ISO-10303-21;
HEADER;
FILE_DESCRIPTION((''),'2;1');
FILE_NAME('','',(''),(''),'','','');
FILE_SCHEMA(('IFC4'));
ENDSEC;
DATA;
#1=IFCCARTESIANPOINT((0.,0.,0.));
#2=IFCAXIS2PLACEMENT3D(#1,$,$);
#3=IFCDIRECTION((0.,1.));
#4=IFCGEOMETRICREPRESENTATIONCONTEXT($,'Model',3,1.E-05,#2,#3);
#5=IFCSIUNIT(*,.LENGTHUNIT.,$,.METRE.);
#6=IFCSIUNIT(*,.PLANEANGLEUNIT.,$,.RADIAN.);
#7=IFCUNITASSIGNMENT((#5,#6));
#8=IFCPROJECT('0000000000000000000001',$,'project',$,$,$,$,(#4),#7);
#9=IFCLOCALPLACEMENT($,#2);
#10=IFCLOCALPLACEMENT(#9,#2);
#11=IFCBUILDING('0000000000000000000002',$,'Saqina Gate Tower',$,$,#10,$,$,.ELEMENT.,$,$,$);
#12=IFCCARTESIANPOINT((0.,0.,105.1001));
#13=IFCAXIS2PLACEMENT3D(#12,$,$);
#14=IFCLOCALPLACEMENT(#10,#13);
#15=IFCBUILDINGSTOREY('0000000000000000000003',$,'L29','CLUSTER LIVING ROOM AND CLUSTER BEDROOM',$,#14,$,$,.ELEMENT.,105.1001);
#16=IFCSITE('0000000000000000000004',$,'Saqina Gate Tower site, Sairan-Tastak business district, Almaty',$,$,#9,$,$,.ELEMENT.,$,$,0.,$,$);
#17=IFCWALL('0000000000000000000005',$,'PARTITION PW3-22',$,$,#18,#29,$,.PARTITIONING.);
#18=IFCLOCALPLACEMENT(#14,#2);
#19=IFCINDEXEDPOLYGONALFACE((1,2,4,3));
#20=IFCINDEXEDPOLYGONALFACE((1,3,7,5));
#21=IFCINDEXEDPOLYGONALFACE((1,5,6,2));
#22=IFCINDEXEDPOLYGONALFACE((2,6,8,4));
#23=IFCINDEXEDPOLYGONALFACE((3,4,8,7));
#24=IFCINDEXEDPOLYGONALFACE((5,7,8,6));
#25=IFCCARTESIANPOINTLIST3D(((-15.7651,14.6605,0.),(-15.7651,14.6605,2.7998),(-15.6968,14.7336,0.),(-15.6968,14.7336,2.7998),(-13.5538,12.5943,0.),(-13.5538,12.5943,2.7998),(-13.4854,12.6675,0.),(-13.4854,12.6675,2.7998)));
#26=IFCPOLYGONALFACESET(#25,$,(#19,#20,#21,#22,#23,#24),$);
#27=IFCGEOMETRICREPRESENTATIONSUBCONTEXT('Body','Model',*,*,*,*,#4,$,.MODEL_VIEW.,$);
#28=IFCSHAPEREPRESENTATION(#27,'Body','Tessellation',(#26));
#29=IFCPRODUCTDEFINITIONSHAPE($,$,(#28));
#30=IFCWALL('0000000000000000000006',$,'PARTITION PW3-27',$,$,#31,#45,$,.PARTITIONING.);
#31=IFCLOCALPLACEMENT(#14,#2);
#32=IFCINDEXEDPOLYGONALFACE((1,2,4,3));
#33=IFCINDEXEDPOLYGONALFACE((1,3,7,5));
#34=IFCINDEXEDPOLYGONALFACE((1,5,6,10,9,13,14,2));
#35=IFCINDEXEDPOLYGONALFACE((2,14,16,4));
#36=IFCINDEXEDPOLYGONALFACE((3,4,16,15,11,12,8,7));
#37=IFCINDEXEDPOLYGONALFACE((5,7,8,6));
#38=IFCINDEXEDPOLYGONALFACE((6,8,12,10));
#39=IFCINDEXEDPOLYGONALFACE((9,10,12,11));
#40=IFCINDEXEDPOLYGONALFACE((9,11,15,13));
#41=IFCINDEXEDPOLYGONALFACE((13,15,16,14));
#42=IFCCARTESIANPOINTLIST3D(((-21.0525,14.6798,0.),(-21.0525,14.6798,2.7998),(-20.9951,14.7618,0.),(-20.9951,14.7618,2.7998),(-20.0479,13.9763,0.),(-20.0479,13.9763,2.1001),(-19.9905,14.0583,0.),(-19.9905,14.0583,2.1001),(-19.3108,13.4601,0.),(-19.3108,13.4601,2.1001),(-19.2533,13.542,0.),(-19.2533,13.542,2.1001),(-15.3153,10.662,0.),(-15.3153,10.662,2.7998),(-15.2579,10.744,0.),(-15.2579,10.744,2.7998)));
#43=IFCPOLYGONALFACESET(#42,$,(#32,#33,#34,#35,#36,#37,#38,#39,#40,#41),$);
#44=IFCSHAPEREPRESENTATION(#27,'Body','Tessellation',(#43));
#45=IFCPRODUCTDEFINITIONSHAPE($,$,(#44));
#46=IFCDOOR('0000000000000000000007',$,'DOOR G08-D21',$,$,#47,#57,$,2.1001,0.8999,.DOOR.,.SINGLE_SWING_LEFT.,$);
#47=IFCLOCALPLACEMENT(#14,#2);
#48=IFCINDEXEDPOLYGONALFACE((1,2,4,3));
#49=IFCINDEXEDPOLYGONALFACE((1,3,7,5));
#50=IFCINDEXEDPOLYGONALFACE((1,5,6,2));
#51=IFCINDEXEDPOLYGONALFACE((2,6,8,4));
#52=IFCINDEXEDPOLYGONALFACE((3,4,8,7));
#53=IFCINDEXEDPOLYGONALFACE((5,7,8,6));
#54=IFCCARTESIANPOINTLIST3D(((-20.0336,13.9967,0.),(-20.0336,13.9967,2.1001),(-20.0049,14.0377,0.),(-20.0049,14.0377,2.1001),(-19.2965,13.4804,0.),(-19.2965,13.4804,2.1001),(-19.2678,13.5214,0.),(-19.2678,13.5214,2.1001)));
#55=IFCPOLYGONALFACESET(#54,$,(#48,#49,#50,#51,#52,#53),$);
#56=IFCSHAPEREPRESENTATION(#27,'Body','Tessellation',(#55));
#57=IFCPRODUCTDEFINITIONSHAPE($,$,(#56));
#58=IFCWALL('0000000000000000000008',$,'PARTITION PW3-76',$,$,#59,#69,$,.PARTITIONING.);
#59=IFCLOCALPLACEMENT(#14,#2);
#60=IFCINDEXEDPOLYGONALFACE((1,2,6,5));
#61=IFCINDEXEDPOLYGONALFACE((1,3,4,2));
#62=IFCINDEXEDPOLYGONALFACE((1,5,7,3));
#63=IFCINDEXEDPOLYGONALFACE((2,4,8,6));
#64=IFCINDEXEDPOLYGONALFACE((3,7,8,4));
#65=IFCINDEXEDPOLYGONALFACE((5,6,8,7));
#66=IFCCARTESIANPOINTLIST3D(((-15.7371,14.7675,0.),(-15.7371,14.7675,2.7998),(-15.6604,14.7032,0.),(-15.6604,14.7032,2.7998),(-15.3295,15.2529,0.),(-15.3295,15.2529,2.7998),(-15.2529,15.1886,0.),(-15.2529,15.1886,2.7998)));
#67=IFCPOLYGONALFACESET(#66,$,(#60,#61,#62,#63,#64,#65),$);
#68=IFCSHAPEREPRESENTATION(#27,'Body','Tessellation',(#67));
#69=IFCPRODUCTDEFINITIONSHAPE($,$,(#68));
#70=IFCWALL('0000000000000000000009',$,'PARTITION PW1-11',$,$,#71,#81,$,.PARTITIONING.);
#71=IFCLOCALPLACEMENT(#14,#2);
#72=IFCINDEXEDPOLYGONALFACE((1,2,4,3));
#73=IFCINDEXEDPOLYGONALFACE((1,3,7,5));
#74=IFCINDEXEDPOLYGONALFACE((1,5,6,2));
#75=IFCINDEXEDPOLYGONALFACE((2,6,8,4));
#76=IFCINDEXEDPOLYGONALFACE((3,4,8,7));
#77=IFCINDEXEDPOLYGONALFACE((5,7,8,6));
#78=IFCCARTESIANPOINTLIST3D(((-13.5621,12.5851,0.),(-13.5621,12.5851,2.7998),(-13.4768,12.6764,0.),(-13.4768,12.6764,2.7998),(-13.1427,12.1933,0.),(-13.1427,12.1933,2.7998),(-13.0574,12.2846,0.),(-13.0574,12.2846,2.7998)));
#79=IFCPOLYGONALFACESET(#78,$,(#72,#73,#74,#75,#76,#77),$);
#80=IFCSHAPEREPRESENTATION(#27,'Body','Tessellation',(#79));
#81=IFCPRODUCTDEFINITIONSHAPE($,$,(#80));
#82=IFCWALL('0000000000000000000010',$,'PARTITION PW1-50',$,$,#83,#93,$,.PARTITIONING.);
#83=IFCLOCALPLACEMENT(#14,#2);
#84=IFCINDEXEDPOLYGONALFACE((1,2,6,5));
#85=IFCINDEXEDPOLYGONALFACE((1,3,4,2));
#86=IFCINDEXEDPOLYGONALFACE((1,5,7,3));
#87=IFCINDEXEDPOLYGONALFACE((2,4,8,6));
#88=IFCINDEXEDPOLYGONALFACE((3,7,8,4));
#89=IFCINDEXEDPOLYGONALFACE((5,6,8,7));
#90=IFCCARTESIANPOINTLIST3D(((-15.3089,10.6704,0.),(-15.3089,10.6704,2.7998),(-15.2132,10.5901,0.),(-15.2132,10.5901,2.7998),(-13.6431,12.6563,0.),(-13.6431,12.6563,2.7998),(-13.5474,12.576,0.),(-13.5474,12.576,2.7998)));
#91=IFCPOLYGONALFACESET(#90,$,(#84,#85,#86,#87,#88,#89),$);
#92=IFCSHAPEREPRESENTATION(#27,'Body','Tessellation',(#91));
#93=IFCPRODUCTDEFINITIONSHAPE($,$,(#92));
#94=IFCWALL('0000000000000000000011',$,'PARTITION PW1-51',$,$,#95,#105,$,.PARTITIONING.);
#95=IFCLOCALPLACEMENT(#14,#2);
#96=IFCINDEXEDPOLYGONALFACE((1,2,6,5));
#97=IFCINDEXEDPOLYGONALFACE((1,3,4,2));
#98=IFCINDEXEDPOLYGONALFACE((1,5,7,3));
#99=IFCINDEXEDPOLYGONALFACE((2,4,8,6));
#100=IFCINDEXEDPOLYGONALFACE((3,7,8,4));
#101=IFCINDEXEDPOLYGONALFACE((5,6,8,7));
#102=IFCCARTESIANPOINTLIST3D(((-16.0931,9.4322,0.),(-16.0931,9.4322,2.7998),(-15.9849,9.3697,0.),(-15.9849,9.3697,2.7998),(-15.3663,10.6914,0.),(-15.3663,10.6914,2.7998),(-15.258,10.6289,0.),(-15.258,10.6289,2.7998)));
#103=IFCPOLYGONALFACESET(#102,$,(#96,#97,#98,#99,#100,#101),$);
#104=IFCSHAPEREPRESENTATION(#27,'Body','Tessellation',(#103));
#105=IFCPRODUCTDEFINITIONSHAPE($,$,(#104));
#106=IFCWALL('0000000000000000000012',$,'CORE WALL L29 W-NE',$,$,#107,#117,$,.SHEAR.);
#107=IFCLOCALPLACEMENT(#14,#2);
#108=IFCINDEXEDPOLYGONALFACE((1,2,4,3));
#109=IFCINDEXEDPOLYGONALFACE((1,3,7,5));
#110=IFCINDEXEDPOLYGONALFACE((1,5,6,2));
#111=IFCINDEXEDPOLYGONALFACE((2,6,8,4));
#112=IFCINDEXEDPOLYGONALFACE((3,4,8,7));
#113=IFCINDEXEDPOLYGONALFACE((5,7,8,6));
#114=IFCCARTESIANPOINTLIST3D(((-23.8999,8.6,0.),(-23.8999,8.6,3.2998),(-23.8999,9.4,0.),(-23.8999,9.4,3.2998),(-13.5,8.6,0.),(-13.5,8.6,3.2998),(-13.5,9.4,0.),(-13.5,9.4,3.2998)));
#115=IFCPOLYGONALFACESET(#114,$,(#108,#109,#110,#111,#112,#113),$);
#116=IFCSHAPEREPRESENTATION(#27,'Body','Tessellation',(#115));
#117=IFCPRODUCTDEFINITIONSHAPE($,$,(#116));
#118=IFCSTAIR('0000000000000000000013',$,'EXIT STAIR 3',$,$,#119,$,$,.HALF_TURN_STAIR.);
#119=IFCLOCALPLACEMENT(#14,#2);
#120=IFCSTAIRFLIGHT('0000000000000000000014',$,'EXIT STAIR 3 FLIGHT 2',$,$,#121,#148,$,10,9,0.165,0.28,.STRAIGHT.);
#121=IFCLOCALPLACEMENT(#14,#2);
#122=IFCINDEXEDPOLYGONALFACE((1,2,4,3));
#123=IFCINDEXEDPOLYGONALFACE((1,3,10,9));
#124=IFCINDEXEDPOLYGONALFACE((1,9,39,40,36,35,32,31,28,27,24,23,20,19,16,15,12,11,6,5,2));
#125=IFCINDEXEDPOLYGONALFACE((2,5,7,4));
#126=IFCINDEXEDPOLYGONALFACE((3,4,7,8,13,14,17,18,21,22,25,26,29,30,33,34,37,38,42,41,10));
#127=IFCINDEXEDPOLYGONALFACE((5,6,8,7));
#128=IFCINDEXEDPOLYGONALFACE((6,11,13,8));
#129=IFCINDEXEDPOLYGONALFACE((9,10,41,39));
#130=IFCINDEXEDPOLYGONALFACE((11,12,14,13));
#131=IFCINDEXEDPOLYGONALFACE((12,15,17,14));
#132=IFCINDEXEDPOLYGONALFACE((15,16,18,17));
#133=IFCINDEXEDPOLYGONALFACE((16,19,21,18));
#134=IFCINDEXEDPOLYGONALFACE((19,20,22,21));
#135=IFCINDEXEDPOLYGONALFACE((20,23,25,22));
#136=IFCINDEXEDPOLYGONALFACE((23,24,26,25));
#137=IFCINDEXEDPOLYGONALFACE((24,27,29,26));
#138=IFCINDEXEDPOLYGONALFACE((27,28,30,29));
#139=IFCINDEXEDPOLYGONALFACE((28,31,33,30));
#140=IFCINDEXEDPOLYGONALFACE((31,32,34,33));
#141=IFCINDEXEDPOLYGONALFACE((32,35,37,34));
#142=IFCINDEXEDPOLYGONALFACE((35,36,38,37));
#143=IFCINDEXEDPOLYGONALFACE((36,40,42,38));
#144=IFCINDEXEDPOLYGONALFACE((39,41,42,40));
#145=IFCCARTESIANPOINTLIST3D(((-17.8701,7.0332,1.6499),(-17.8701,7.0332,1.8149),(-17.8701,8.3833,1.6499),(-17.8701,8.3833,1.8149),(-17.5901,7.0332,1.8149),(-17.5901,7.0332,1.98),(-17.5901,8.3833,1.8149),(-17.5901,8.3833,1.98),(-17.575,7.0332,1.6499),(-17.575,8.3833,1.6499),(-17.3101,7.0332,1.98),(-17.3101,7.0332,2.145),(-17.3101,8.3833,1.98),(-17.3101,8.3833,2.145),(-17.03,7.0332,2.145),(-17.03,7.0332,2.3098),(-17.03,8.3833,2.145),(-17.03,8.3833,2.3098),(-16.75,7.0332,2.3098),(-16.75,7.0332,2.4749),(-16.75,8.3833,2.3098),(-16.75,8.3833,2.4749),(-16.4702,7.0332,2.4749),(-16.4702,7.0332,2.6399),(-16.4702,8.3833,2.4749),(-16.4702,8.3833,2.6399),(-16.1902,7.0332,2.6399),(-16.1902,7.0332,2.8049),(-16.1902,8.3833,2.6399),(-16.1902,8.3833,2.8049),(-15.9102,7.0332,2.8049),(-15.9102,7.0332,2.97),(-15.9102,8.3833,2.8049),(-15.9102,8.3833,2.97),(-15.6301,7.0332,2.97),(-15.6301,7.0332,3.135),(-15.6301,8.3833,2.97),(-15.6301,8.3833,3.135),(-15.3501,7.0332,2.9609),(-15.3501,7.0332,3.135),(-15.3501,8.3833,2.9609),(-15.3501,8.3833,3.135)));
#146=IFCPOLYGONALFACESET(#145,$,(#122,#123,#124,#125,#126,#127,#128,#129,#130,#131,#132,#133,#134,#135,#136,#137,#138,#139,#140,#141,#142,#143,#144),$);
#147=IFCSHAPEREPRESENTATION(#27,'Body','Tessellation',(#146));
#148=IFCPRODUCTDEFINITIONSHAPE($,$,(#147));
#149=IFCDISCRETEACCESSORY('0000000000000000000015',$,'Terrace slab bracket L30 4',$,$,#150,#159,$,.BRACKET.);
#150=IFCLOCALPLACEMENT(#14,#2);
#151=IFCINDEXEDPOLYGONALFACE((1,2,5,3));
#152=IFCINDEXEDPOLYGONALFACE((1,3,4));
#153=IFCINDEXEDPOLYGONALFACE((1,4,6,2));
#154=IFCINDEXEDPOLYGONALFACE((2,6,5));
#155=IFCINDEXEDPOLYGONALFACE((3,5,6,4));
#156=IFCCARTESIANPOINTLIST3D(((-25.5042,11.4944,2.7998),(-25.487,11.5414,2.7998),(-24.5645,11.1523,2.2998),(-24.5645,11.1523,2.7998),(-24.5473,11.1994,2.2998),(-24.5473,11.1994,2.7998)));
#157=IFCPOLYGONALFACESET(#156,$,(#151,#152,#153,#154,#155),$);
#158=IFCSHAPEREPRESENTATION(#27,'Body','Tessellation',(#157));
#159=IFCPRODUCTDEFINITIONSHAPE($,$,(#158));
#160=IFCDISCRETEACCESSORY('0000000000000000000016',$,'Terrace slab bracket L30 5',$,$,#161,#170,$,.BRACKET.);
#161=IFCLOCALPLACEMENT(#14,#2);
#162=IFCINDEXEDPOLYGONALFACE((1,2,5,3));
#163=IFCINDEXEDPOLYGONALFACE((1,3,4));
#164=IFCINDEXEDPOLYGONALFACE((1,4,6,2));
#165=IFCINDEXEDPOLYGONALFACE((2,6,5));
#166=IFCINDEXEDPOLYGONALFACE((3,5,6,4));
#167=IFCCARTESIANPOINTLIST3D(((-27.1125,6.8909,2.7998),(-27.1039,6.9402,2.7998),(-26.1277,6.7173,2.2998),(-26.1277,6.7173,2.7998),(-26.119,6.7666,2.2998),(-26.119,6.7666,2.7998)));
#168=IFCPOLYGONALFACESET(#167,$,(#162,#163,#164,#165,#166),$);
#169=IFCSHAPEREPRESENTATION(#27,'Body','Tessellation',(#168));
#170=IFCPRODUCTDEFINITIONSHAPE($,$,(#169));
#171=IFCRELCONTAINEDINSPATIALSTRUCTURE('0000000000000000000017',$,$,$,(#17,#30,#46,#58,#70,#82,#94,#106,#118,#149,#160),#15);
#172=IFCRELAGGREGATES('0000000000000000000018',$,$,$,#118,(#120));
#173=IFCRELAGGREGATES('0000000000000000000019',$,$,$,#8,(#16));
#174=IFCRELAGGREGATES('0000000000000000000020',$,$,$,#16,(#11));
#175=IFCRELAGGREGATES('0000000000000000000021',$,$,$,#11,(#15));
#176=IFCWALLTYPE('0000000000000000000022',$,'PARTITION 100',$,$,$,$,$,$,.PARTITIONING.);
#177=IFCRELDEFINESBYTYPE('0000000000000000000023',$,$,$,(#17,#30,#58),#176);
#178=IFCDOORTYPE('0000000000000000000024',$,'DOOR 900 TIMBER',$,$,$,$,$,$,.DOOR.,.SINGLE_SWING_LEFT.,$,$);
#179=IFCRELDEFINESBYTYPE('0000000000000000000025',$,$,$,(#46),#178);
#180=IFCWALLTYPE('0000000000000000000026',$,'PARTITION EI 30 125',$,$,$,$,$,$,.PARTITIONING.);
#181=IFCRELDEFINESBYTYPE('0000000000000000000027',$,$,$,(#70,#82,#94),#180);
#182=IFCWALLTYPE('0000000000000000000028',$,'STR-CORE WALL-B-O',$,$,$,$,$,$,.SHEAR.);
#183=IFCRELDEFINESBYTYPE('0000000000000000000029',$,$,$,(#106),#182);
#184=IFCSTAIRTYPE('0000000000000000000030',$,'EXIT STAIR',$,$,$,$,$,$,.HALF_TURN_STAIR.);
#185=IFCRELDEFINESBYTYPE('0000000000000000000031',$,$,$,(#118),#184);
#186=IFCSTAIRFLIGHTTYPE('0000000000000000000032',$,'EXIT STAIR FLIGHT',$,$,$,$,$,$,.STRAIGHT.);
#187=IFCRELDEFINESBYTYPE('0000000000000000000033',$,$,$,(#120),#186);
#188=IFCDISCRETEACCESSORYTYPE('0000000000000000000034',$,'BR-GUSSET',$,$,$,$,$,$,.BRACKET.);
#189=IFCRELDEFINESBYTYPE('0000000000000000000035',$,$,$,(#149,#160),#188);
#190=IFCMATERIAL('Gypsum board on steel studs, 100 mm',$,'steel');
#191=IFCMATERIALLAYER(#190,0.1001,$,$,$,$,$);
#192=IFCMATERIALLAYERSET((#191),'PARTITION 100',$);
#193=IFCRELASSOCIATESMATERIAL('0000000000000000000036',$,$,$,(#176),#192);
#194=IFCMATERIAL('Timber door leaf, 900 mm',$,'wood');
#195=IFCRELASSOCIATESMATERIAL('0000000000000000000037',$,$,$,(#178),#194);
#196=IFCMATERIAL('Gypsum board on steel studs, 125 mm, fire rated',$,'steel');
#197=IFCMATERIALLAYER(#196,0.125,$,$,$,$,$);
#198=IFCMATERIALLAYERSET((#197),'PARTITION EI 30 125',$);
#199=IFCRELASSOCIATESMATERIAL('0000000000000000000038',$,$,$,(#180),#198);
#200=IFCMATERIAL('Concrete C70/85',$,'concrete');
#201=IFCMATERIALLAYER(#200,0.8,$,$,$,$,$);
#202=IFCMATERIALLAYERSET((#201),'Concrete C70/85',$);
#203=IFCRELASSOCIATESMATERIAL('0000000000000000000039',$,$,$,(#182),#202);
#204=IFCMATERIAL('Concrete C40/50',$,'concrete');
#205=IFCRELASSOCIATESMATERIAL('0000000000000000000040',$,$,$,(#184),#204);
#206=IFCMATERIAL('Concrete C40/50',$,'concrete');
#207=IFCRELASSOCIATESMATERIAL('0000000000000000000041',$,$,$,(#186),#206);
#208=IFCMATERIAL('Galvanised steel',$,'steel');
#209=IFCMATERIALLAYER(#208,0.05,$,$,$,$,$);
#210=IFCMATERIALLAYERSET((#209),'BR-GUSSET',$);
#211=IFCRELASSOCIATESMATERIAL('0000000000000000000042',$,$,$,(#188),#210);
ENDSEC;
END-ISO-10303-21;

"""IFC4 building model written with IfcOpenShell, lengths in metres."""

from ifc_helpers import new_model, si_unit, direction, frame, frame_2d, origin, place, context, subcontext, project, spatial, polyline, rectangle, outline, extrude, material, layer, layer_set, type_object, element, fill, aggregate, save


model = new_model("IFC4")

# Units and contexts
model_context = context("Model", 3, precision=1e-05, world=origin(), true_north=direction((0.0, 1.0)))
body_context = subcontext(model_context, "Body", "Model", "MODEL_VIEW")
ifc_project = project(units=[si_unit("LENGTHUNIT", "METRE"), si_unit("PLANEANGLEUNIT", "RADIAN")], contexts=[model_context])

# Site, building, storey
site_placement = place(None, origin())
site = spatial("IfcSite", under=ifc_project, at=site_placement, Name="Saqina Gate Tower site, Sairan-Tastak business district, Almaty", CompositionType="ELEMENT", RefElevation=0.0)
building_placement = place(site_placement, origin())
building = spatial("IfcBuilding", under=site, at=building_placement, Name="Saqina Gate Tower", CompositionType="ELEMENT")
storey_placement = place(building_placement, frame((0.0, 0.0, 105.1001)))
storey = spatial("IfcBuildingStorey", under=building, at=storey_placement, Name="L29", Description="CLUSTER LIVING ROOM AND CLUSTER BEDROOM", CompositionType="ELEMENT", Elevation=105.1001)

# Wall
ifc_material_1 = material(Name="Gypsum board on steel studs, 100 mm", Category="steel")
ifc_layer_1 = layer(ifc_material_1, 0.1001)
ifc_layer_set_1 = layer_set([ifc_layer_1], Name="PARTITION 100")
wall_type_1 = type_object("IfcWallType", Name="PARTITION 100", PredefinedType="PARTITIONING", material=ifc_layer_set_1)
wall_1_placement = place(storey_placement, frame((-15.731, 14.697, 0.0), z_axis=(0.0, 0.0, 1.0), x_axis=(0.730698, -0.6827, 0.0)))
element("IfcWall", 1, at=wall_1_placement, inside=storey, type_object=wall_type_1, Name="PARTITION PW3-22", PredefinedType="PARTITIONING", context=body_context, shape_type="SweptSolid", body=[
    extrude(rectangle(XDim=3.0264, YDim=0.1001, at=frame_2d((1.5132, 0.0))), origin(), (0.0, 0.0, 1.0), 2.7998),
])

# Wall, opening, door
wall_2_placement = place(storey_placement, frame((-21.0237, 14.7207, 0.0), z_axis=(0.0, 0.0, 1.0), x_axis=(0.819117, -0.573626, 0.0)))
wall_2 = element("IfcWall", 2, at=wall_2_placement, inside=storey, type_object=wall_type_1, Name="PARTITION PW3-27", PredefinedType="PARTITIONING", context=body_context, shape_type="SweptSolid", body=[
    extrude(rectangle(XDim=7.0042, YDim=0.1001, at=frame_2d((3.502, 0.0))), origin(), (0.0, 0.0, 1.0), 2.7998),
])
opening_placement = place(wall_2_placement, frame((1.2263, 0.0, 0.0)))
opening = element("IfcOpeningElement", 3, at=opening_placement, cuts=wall_2, PredefinedType="OPENING", context=body_context, shape_type="SweptSolid", body=[
    extrude(rectangle(XDim=0.8999, YDim=2.1001, at=frame_2d((0.45, 1.05))), frame((0.0, 0.062, 0.0), z_axis=(0.0, -1.0, 0.0), x_axis=(1.0, 0.0, 0.0)), (0.0, 0.0, 1.0), 0.124),
])
ifc_material_2 = material(Name="Timber door leaf, 900 mm", Category="wood")
door_type = type_object("IfcDoorType", Name="DOOR 900 TIMBER", OperationType="SINGLE_SWING_LEFT", PredefinedType="DOOR", material=ifc_material_2)
door_placement = place(opening_placement, origin())
door = element("IfcDoor", 4, at=door_placement, inside=storey, type_object=door_type, Name="DOOR G08-D21", OperationType="SINGLE_SWING_LEFT", OverallHeight=2.1001, OverallWidth=0.8999, PredefinedType="DOOR", context=body_context, shape_type="SweptSolid", body=[
    extrude(rectangle(XDim=0.8999, YDim=2.1001, at=frame_2d((0.45, 1.05))), frame((0.0, 0.0249, 0.0), z_axis=(0.0, -1.0, 0.0), x_axis=(1.0, 0.0, 0.0)), (0.0, 0.0, 1.0), 0.05),
])
fill(opening, door)

# Walls
wall_3_placement = place(storey_placement, frame((-15.6987, 14.7354, 0.0), z_axis=(0.0, 0.0, 1.0), x_axis=(0.642984, 0.765879, 0.0)))
element("IfcWall", 5, at=wall_3_placement, inside=storey, type_object=wall_type_1, Name="PARTITION PW3-76", PredefinedType="PARTITIONING", context=body_context, shape_type="SweptSolid", body=[
    extrude(rectangle(XDim=0.6338, YDim=0.1001, at=frame_2d((0.3169, 0.0))), origin(), (0.0, 0.0, 1.0), 2.7998),
])
ifc_material_3 = material(Name="Gypsum board on steel studs, 125 mm, fire rated", Category="steel")
ifc_layer_2 = layer(ifc_material_3, 0.125)
ifc_layer_set_2 = layer_set([ifc_layer_2], Name="PARTITION EI 30 125")
wall_type_2 = type_object("IfcWallType", Name="PARTITION EI 30 125", PredefinedType="PARTITIONING", material=ifc_layer_set_2)
wall_4_placement = place(storey_placement, frame((-13.5195, 12.6309, 0.0), z_axis=(0.0, 0.0, 1.0), x_axis=(0.73073, -0.682667, 0.0)))
element("IfcWall", 6, at=wall_4_placement, inside=storey, type_object=wall_type_2, Name="PARTITION PW1-11", PredefinedType="PARTITIONING", context=body_context, shape_type="SweptSolid", body=[
    extrude(rectangle(XDim=0.574, YDim=0.125, at=frame_2d((0.2871, 0.0))), origin(), (0.0, 0.0, 1.0), 2.7998),
])
wall_5_placement = place(storey_placement, frame((-15.261, 10.6304, 0.0), z_axis=(0.0, 0.0, 1.0), x_axis=(0.642664, 0.766148, 0.0)))
element("IfcWall", 7, at=wall_5_placement, inside=storey, type_object=wall_type_2, Name="PARTITION PW1-50", PredefinedType="PARTITIONING", context=body_context, shape_type="SweptSolid", body=[
    extrude(rectangle(XDim=2.592, YDim=0.125, at=frame_2d((1.2959, 0.0))), origin(), (0.0, 0.0, 1.0), 2.7998),
])
wall_6_placement = place(storey_placement, frame((-16.0391, 9.4009, 0.0), z_axis=(0.0, 0.0, 1.0), x_axis=(0.49995, 0.866054, 0.0)))
element("IfcWall", 8, at=wall_6_placement, inside=storey, type_object=wall_type_2, Name="PARTITION PW1-51", PredefinedType="PARTITIONING", context=body_context, shape_type="SweptSolid", body=[
    extrude(rectangle(XDim=1.4539, YDim=0.125, at=frame_2d((0.7271, 0.0))), origin(), (0.0, 0.0, 1.0), 2.7998),
])
ifc_material_4 = material(Name="Concrete C70/85", Category="concrete")
ifc_layer_3 = layer(ifc_material_4, 0.8)
ifc_layer_set_3 = layer_set([ifc_layer_3], Name="Concrete C70/85")
wall_type_3 = type_object("IfcWallType", Name="STR-CORE WALL-B-O", PredefinedType="SHEAR", material=ifc_layer_set_3)
wall_7_placement = place(storey_placement, frame((-13.5, 9.0, 0.0), z_axis=(0.0, 0.0, 1.0), x_axis=(-1.0, 0.0, 0.0)))
element("IfcWall", 9, at=wall_7_placement, inside=storey, type_object=wall_type_3, Name="CORE WALL L29 W-NE", PredefinedType="SHEAR", context=body_context, shape_type="SweptSolid", body=[
    extrude(rectangle(XDim=10.3999, YDim=0.8, at=frame_2d((5.2, 0.0))), origin(), (0.0, 0.0, 1.0), 3.2998),
])

# Stair, stair flight
ifc_material_5 = material(Name="Concrete C40/50", Category="concrete")
stair_type = type_object("IfcStairType", Name="EXIT STAIR", PredefinedType="HALF_TURN_STAIR", material=ifc_material_5)
stair_placement = place(storey_placement, origin())
stair = element("IfcStair", 10, at=stair_placement, inside=storey, type_object=stair_type, Name="EXIT STAIR 3", PredefinedType="HALF_TURN_STAIR")
ifc_material_6 = material(Name="Concrete C40/50", Category="concrete")
stair_flight_type = type_object("IfcStairFlightType", Name="EXIT STAIR FLIGHT", PredefinedType="STRAIGHT", material=ifc_material_6)
stair_flight_placement = place(storey_placement, frame((-17.8701, 7.7083, 1.6499), z_axis=(0.0, 0.0, 1.0), x_axis=(1.0, 0.0, 0.0)))
stair_flight = element("IfcStairFlight", 11, at=stair_flight_placement, type_object=stair_flight_type, Name="EXIT STAIR 3 FLIGHT 2", NumberOfRisers=10, NumberOfTreads=9, PredefinedType="STRAIGHT", RiserHeight=0.165, TreadLength=0.28, context=body_context, shape_type="SweptSolid", body=[
    extrude(outline(polyline([(0.0, 0.0), (0.0, 0.165), (0.28, 0.165), (0.28, 0.3301), (0.5601, 0.3301), (0.5601, 0.4951), (0.8401, 0.4951), (0.8401, 0.6599), (1.1201, 0.6599), (1.1201, 0.825), (1.3999, 0.825), (1.3999, 0.99), (1.6799, 0.99), (1.6799, 1.155), (1.96, 1.155), (1.96, 1.3201), (2.24, 1.3201), (2.24, 1.4851), (2.52, 1.4851), (2.52, 1.6499), (2.52, 1.311), (0.2952, 0.0), (0.0, 0.0)])), frame((0.0, 0.675, 0.0), z_axis=(0.0, -1.0, 0.0), x_axis=(1.0, 0.0, 0.0)), (0.0, 0.0, 1.0), 1.3501),
])
aggregate(stair, [stair_flight])

# Discrete accessories
ifc_material_7 = material(Name="Galvanised steel", Category="steel")
ifc_layer_4 = layer(ifc_material_7, 0.05)
ifc_layer_set_4 = layer_set([ifc_layer_4], Name="BR-GUSSET")
discrete_accessory_type = type_object("IfcDiscreteAccessoryType", Name="BR-GUSSET", PredefinedType="BRACKET", material=ifc_layer_set_4)
discrete_accessory_1_placement = place(storey_placement, frame((-24.5645, 11.1523, 2.2998), z_axis=(-0.342037, -0.939686, 0.0), x_axis=(0.0, 0.0, 1.0)))
element("IfcDiscreteAccessory", 12, at=discrete_accessory_1_placement, inside=storey, type_object=discrete_accessory_type, Name="Terrace slab bracket L30 4", PredefinedType="BRACKET", context=body_context, shape_type="SweptSolid", body=[
    extrude(outline(polyline([(0.0, 0.0), (0.5, 0.0), (0.5, 1.0), (0.0, 0.0)])), origin(), (0.0, 0.0, -1.0), 0.05),
])
discrete_accessory_2_placement = place(storey_placement, frame((-26.1277, 6.7173, 2.2998), z_axis=(-0.173576, -0.98482, 0.0), x_axis=(0.0, 0.0, 1.0)))
element("IfcDiscreteAccessory", 13, at=discrete_accessory_2_placement, inside=storey, type_object=discrete_accessory_type, Name="Terrace slab bracket L30 5", PredefinedType="BRACKET", context=body_context, shape_type="SweptSolid", body=[
    extrude(outline(polyline([(0.0, 0.0), (0.5, 0.0), (0.5, 1.0), (0.0, 0.0)])), origin(), (0.0, 0.0, -1.0), 0.05),
])

save(model, "model.ifc")
